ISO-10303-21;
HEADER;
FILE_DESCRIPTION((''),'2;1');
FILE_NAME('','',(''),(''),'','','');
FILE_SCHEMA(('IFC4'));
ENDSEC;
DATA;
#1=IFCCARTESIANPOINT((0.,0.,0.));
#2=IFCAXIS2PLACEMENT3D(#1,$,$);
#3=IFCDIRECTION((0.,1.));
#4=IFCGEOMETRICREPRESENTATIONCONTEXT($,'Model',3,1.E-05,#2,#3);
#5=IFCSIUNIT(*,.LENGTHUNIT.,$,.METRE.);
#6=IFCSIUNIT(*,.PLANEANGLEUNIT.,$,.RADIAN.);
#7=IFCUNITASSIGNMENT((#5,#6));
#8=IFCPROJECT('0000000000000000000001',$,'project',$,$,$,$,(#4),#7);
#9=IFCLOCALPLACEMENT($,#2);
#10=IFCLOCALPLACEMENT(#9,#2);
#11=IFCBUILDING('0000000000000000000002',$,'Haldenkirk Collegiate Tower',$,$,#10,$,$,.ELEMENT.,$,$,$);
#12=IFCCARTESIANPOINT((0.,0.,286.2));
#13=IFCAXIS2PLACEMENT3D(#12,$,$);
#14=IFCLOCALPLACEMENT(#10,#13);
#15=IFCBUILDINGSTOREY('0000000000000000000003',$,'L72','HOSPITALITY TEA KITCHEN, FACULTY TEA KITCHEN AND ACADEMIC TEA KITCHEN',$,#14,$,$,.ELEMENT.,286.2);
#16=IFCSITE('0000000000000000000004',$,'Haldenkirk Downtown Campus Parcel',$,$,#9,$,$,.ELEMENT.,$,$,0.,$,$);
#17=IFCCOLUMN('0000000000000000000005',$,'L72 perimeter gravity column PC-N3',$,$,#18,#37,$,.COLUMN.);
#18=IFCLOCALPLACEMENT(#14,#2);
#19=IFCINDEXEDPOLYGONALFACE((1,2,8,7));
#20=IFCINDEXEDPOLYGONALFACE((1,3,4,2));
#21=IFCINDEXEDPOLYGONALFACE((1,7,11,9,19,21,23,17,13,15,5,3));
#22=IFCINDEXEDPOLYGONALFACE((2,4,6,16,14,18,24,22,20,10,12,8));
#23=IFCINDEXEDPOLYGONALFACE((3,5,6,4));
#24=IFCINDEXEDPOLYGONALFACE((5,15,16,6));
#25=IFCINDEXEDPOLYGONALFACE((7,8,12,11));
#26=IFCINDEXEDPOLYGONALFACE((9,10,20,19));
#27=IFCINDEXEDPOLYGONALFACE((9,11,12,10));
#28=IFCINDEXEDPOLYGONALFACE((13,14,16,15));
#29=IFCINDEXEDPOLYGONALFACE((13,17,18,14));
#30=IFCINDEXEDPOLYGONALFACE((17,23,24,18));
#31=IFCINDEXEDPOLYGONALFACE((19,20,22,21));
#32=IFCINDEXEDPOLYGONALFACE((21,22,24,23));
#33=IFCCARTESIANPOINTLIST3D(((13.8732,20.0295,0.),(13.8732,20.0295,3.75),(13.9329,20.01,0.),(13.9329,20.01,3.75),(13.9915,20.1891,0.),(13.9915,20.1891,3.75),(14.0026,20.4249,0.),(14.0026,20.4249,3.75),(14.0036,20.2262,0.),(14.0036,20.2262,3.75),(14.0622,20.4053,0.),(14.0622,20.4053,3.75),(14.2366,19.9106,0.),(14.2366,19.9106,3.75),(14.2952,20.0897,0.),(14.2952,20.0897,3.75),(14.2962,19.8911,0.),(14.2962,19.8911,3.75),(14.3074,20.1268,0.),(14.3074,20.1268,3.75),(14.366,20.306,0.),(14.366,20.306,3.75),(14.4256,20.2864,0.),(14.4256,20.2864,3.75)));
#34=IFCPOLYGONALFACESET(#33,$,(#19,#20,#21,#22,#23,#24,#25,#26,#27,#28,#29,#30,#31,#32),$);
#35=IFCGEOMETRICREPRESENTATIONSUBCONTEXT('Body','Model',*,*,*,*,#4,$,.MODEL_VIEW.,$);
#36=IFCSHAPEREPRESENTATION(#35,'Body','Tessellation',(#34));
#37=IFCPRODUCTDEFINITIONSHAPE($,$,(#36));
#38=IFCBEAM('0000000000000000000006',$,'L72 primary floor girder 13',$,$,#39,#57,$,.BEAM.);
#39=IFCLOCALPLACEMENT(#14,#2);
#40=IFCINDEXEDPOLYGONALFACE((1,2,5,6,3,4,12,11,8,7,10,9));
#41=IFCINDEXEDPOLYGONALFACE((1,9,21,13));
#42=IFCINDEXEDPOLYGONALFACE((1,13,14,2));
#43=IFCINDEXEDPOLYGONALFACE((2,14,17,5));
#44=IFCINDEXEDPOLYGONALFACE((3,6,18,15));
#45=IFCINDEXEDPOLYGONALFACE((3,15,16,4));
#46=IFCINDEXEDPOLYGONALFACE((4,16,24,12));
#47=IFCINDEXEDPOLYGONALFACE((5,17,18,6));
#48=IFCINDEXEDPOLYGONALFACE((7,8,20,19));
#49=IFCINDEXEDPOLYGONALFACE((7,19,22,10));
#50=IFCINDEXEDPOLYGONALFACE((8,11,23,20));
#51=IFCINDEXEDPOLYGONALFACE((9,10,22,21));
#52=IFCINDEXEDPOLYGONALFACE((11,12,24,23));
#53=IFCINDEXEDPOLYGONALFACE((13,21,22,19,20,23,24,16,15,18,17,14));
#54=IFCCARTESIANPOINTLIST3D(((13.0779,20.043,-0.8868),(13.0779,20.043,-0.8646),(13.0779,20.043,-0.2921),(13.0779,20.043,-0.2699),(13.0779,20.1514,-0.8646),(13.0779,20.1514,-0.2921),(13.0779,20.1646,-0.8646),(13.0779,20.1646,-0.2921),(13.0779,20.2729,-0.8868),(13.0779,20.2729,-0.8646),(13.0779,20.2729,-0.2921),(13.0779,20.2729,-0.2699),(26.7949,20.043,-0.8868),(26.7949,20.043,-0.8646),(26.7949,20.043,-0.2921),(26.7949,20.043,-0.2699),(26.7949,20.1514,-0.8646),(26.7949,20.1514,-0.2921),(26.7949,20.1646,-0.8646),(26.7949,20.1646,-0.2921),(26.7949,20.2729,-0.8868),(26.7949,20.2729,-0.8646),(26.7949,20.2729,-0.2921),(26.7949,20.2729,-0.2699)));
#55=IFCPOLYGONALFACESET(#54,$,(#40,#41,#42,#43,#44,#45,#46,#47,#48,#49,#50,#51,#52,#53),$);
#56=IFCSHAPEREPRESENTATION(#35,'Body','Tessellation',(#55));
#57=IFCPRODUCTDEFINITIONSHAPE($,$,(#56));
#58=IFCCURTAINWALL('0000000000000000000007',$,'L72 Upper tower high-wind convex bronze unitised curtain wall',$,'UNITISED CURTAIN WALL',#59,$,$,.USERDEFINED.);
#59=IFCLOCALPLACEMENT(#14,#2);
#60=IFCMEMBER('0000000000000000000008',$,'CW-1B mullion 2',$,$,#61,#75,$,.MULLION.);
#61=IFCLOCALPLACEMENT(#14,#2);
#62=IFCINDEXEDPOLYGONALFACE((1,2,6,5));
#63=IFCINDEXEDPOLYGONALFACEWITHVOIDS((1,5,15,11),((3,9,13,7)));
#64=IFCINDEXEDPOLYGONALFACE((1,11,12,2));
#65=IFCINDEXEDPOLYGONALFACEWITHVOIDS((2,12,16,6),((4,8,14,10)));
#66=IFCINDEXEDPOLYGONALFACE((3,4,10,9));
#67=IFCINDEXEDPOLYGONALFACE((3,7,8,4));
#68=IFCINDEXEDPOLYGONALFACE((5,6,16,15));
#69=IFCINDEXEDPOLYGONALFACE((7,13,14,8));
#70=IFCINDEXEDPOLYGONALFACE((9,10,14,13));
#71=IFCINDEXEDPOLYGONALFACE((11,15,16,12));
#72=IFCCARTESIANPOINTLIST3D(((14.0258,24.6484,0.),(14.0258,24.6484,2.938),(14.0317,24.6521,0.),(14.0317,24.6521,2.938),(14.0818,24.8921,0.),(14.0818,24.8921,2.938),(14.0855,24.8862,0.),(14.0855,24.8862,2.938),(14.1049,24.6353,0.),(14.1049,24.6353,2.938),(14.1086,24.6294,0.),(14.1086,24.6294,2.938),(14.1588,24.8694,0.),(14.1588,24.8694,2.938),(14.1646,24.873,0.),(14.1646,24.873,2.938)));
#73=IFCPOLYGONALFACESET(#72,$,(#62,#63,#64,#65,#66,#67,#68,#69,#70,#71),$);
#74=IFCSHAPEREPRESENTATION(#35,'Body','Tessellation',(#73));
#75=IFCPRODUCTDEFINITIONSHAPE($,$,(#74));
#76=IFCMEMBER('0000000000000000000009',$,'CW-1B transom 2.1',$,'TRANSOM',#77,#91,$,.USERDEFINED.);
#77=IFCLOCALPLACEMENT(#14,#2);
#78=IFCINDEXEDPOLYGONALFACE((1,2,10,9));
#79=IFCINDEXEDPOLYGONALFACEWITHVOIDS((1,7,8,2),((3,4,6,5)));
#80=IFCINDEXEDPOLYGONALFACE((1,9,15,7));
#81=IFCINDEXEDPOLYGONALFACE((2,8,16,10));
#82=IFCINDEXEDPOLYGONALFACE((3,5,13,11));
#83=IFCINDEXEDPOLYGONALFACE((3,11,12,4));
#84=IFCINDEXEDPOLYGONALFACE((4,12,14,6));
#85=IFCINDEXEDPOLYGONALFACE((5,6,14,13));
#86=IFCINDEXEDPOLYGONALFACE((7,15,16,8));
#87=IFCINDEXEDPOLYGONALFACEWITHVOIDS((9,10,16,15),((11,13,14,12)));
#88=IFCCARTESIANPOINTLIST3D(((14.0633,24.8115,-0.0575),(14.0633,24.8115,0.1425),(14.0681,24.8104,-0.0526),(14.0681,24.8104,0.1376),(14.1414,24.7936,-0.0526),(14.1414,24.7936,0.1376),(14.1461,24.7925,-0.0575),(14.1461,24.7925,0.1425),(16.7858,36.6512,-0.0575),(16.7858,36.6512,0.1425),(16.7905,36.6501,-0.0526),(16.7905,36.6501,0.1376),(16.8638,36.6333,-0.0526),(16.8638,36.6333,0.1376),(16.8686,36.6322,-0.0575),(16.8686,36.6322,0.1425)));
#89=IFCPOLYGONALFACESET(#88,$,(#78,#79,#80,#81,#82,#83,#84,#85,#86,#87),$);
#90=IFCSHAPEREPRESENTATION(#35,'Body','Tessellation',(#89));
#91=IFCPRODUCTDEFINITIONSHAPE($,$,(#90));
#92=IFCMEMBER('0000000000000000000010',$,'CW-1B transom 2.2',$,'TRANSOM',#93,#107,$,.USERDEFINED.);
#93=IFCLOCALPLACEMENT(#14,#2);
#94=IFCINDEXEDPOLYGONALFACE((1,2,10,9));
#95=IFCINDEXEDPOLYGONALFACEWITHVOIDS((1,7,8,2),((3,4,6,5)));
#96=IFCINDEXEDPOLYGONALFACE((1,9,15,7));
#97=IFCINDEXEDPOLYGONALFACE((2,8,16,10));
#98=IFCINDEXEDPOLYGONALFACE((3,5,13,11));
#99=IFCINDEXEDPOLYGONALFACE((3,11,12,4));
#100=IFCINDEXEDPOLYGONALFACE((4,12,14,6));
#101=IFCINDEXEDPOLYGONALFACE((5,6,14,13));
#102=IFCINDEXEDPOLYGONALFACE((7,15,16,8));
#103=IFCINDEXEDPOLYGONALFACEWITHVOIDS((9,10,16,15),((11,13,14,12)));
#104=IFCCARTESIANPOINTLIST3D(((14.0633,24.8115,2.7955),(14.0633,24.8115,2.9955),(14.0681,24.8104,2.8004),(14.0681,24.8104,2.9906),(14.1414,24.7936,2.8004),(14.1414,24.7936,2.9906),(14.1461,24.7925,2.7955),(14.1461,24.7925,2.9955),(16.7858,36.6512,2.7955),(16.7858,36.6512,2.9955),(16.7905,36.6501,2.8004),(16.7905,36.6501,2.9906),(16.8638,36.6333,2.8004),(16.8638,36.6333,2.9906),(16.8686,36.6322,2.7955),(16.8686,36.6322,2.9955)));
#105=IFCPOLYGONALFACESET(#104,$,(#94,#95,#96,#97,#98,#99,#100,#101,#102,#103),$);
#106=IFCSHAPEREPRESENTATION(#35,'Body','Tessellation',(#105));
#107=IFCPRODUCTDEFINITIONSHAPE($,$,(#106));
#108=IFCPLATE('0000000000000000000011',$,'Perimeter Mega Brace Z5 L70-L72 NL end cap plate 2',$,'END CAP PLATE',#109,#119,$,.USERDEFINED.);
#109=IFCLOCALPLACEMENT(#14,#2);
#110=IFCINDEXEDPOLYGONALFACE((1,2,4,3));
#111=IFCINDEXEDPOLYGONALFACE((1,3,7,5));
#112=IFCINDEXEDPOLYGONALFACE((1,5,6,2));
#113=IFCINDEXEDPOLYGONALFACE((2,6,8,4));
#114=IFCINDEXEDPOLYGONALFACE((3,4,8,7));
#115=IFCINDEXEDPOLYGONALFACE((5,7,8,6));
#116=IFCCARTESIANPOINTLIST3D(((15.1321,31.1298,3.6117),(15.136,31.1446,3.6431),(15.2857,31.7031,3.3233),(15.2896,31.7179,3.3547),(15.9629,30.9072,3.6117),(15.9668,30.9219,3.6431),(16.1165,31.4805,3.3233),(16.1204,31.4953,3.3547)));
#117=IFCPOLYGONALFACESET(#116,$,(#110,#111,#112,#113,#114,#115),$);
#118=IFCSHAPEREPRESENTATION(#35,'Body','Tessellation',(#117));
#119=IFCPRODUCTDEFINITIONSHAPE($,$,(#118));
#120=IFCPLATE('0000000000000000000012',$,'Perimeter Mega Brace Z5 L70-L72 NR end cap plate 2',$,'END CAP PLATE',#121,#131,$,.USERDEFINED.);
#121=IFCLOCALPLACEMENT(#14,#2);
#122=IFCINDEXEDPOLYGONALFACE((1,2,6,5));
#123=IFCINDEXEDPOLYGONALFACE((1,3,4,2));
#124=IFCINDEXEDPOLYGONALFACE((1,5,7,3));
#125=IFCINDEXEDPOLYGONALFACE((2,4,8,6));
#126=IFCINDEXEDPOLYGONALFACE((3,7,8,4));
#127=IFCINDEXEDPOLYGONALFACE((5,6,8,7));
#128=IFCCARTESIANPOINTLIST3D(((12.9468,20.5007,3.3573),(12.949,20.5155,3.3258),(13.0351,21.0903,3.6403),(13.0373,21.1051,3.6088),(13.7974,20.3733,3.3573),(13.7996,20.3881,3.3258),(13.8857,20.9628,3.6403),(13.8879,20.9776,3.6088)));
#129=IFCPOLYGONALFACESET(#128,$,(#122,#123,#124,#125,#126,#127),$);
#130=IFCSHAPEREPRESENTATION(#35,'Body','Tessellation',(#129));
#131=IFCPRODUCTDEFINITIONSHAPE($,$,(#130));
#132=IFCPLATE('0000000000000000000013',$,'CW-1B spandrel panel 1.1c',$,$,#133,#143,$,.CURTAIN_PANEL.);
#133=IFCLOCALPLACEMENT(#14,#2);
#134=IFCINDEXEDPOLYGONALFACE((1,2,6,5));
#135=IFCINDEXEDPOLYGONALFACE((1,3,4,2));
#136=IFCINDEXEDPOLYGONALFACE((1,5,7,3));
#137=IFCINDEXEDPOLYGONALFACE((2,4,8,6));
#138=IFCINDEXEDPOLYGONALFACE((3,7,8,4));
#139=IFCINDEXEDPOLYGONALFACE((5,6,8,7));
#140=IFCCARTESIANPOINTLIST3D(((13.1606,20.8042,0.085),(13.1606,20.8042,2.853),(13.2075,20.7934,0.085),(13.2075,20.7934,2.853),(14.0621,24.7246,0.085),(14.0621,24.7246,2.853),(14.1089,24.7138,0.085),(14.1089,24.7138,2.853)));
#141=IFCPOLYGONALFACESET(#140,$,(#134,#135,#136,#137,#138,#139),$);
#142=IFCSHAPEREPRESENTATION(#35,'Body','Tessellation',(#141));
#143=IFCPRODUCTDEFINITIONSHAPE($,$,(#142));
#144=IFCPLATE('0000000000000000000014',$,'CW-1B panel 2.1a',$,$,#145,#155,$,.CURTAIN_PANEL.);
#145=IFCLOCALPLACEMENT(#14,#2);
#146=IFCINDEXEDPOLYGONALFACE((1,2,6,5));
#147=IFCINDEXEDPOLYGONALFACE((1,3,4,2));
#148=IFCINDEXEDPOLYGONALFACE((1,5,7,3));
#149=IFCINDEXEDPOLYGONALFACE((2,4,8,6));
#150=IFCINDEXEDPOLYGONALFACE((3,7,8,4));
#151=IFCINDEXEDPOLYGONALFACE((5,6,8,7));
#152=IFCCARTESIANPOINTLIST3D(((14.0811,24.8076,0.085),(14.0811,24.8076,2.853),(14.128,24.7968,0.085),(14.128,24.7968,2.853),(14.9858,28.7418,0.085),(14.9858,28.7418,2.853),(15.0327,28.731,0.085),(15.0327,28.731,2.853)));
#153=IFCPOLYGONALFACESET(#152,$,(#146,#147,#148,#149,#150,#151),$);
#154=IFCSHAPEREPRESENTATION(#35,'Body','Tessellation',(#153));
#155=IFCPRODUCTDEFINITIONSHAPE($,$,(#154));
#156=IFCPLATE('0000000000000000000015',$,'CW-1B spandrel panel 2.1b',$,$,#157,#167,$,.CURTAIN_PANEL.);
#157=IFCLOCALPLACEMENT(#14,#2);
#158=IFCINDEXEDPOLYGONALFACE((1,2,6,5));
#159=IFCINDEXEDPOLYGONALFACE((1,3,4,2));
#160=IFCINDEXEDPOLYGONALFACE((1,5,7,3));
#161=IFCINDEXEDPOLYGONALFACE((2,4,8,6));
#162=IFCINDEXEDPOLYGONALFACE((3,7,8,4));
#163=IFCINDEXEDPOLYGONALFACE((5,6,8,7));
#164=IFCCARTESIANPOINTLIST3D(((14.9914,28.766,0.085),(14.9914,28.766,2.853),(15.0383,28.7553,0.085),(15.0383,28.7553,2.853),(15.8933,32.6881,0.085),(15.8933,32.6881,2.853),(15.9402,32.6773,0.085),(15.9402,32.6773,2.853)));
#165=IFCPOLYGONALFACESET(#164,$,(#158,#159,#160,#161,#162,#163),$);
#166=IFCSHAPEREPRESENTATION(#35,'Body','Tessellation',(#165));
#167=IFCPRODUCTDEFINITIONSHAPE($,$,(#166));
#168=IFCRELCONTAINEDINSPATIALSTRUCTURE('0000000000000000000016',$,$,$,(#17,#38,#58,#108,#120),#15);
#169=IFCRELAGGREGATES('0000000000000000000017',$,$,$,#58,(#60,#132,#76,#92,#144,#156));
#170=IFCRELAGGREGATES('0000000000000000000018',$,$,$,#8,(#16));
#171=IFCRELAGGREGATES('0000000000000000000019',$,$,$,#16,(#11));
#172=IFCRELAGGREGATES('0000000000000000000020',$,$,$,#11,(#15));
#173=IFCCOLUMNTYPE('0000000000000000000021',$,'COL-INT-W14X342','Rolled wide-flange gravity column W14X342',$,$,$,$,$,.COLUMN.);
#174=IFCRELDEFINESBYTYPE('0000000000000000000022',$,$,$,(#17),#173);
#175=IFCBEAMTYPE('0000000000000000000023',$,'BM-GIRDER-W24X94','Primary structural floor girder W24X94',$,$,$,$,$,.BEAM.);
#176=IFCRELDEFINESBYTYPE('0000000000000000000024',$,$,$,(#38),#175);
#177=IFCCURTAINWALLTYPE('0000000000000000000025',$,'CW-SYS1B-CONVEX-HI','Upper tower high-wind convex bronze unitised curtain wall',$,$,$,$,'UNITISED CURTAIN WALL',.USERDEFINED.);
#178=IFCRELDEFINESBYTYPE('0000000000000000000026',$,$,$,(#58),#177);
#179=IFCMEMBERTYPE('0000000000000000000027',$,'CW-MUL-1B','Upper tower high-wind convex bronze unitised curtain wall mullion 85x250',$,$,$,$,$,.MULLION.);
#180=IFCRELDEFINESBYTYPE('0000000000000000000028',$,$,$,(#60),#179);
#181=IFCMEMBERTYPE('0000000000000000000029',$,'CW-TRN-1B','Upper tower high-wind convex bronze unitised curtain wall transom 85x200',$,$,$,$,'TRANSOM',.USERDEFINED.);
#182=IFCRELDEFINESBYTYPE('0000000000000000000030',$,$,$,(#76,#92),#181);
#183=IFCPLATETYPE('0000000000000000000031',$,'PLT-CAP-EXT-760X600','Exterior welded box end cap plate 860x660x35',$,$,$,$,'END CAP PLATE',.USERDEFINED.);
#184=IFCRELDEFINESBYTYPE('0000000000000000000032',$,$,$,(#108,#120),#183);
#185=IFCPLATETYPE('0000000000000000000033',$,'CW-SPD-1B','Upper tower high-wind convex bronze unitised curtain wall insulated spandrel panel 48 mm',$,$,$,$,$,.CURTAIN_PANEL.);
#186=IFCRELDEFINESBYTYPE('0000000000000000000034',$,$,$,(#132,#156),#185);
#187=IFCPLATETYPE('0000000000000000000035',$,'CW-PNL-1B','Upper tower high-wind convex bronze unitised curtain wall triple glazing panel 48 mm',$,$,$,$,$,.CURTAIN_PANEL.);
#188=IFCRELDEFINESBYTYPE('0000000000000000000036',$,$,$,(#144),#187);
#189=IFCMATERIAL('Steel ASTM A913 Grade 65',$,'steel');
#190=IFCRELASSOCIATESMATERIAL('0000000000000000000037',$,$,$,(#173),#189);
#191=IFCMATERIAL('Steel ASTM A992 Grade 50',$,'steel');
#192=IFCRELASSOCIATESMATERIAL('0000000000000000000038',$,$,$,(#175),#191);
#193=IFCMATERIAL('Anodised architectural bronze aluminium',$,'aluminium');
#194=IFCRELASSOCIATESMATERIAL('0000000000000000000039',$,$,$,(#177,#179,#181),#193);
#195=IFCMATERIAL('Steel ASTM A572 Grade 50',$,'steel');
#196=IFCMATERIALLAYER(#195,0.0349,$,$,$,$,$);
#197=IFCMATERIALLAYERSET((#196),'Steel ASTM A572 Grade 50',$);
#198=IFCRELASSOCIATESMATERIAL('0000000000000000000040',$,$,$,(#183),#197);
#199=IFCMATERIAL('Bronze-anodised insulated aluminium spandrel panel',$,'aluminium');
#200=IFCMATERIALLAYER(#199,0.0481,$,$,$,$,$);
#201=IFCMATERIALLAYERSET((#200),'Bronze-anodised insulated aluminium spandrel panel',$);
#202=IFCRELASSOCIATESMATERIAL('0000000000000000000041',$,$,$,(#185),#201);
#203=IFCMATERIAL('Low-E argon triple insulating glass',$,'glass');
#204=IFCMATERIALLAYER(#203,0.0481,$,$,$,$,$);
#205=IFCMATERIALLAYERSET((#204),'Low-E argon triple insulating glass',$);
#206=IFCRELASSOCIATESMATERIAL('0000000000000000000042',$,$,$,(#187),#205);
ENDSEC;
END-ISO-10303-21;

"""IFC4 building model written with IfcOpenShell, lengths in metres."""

from ifc_helpers import new_model, si_unit, direction, frame, origin, origin_2d, place, context, subcontext, project, spatial, rectangle, hollow_rectangle, i_section, extrude, source, transform, mapped, material, layer, layer_set, material_profile, profile_set, type_object, element, aggregate, save


model = new_model("IFC4")

# Units and contexts
model_context = context("Model", 3, precision=1e-05, world=origin(), true_north=direction((0.0, 1.0)))
body_context = subcontext(model_context, "Body", "Model", "MODEL_VIEW")
ifc_project = project(units=[si_unit("LENGTHUNIT", "METRE"), si_unit("PLANEANGLEUNIT", "RADIAN")], contexts=[model_context])

# Site, building, storey
site_placement = place(None, origin())
site = spatial("IfcSite", under=ifc_project, at=site_placement, Name="Haldenkirk Downtown Campus Parcel", CompositionType="ELEMENT", RefElevation=0.0)
building_placement = place(site_placement, origin())
building = spatial("IfcBuilding", under=site, at=building_placement, Name="Haldenkirk Collegiate Tower", CompositionType="ELEMENT")
storey_placement = place(building_placement, frame((0.0, 0.0, 286.2)))
storey = spatial("IfcBuildingStorey", under=building, at=storey_placement, Name="L72", Description="HOSPITALITY TEA KITCHEN, FACULTY TEA KITCHEN AND ACADEMIC TEA KITCHEN", CompositionType="ELEMENT", Elevation=286.2)

# Column
ifc_material_1 = material(Name="Steel ASTM A913 Grade 65", Category="steel")
ifc_material_profile_1 = material_profile(ifc_material_1, i_section(OverallWidth=0.416, OverallDepth=0.4451, WebThickness=0.0391, FlangeThickness=0.0627, at=origin_2d()), Name="W14X342")
ifc_profile_set_1 = profile_set([ifc_material_profile_1], Name="Steel ASTM A913 Grade 65")
column_type = type_object("IfcColumnType", Name="COL-INT-W14X342", Description="Rolled wide-flange gravity column W14X342", PredefinedType="COLUMN", material=ifc_profile_set_1)
column_placement = place(storey_placement, frame((14.1494, 20.158, 0.0), z_axis=(0.0, 0.0, 1.0), x_axis=(0.311008, 0.950407, 0.0)))
element("IfcColumn", 1, at=column_placement, inside=storey, type_object=column_type, Name="L72 perimeter gravity column PC-N3", PredefinedType="COLUMN", context=body_context, shape_type="SweptSolid", body=[
    extrude(i_section(OverallWidth=0.416, OverallDepth=0.4451, WebThickness=0.0391, FlangeThickness=0.0627, at=origin_2d()), origin(), (0.0, 0.0, 1.0), 3.75),
])

# Beam
ifc_material_2 = material(Name="Steel ASTM A992 Grade 50", Category="steel")
ifc_material_profile_2 = material_profile(ifc_material_2, i_section(OverallWidth=0.23, OverallDepth=0.6169, WebThickness=0.0132, FlangeThickness=0.0222, at=origin_2d()), Name="W24X94")
ifc_profile_set_2 = profile_set([ifc_material_profile_2], Name="Steel ASTM A992 Grade 50")
beam_type = type_object("IfcBeamType", Name="BM-GIRDER-W24X94", Description="Primary structural floor girder W24X94", PredefinedType="BEAM", material=ifc_profile_set_2)
beam_placement = place(storey_placement, frame((13.0779, 20.158, -0.5784), z_axis=(1.0, 0.0, 0.0), x_axis=(0.0, 1.0, 0.0)))
element("IfcBeam", 2, at=beam_placement, inside=storey, type_object=beam_type, Name="L72 primary floor girder 13", PredefinedType="BEAM", context=body_context, shape_type="SweptSolid", body=[
    extrude(i_section(OverallWidth=0.23, OverallDepth=0.6169, WebThickness=0.0132, FlangeThickness=0.0222, at=origin_2d()), origin(), (0.0, 0.0, 1.0), 13.717),
])

# Curtain wall, members
ifc_material_3 = material(Name="Anodised architectural bronze aluminium", Category="aluminium")
curtain_wall_type = type_object("IfcCurtainWallType", Name="CW-SYS1B-CONVEX-HI", Description="Upper tower high-wind convex bronze unitised curtain wall", ElementType="UNITISED CURTAIN WALL", PredefinedType="USERDEFINED", material=ifc_material_3)
curtain_wall_placement = place(storey_placement, origin())
curtain_wall = element("IfcCurtainWall", 3, at=curtain_wall_placement, inside=storey, type_object=curtain_wall_type, Name="L72 Upper tower high-wind convex bronze unitised curtain wall", ObjectType="UNITISED CURTAIN WALL", PredefinedType="USERDEFINED")
ifc_material_profile_3 = material_profile(ifc_material_3, hollow_rectangle(XDim=0.085, YDim=0.25, WallThickness=0.0049, at=origin_2d()), Name="CW-MUL-1B")
ifc_profile_set_3 = profile_set([ifc_material_profile_3], Name="Anodised architectural bronze aluminium")
member_type_1 = type_object("IfcMemberType", Name="CW-MUL-1B", Description="Upper tower high-wind convex bronze unitised curtain wall mullion 85x250", PredefinedType="MULLION", material=ifc_profile_set_3)
member_1_placement = place(storey_placement, frame((14.0952, 24.7607, 0.0), z_axis=(0.0, 0.0, 1.0), x_axis=(-0.974566, 0.224101, 0.0)))
member_1 = element("IfcMember", 4, at=member_1_placement, type_object=member_type_1, Name="CW-1B mullion 2", PredefinedType="MULLION", context=body_context, shape_type="SweptSolid", body=[
    extrude(hollow_rectangle(XDim=0.085, YDim=0.25, WallThickness=0.0049, at=origin_2d()), origin(), (0.0, 0.0, 1.0), 2.938),
])
ifc_material_profile_4 = material_profile(ifc_material_3, hollow_rectangle(XDim=0.085, YDim=0.2, WallThickness=0.0049, at=origin_2d()), Name="CW-TRN-1B")
ifc_profile_set_4 = profile_set([ifc_material_profile_4], Name="Anodised architectural bronze aluminium")
member_type_2 = type_object("IfcMemberType", Name="CW-TRN-1B", Description="Upper tower high-wind convex bronze unitised curtain wall transom 85x200", ElementType="TRANSOM", PredefinedType="USERDEFINED", material=ifc_profile_set_4)
member_2_placement = place(storey_placement, frame((14.1047, 24.802, 0.0425), z_axis=(0.224093, 0.974568, 0.0), x_axis=(-0.974568, 0.224093, 0.0)))
member_2 = element("IfcMember", 5, at=member_2_placement, type_object=member_type_2, Name="CW-1B transom 2.1", ObjectType="TRANSOM", PredefinedType="USERDEFINED", context=body_context, shape_type="SweptSolid", body=[
    extrude(hollow_rectangle(XDim=0.085, YDim=0.2, WallThickness=0.0049, at=origin_2d()), origin(), (0.0, 0.0, 1.0), 12.1487),
])
member_3_placement = place(storey_placement, frame((14.1047, 24.802, 2.8955), z_axis=(0.224093, 0.974568, 0.0), x_axis=(-0.974568, 0.224093, 0.0)))
member_3 = element("IfcMember", 6, at=member_3_placement, type_object=member_type_2, Name="CW-1B transom 2.2", ObjectType="TRANSOM", PredefinedType="USERDEFINED", context=body_context, shape_type="SweptSolid", body=[
    extrude(hollow_rectangle(XDim=0.085, YDim=0.2, WallThickness=0.0049, at=origin_2d()), origin(), (0.0, 0.0, 1.0), 12.1487),
])

# Plates
ifc_material_4 = material(Name="Steel ASTM A572 Grade 50", Category="steel")
ifc_layer_1 = layer(ifc_material_4, 0.0349)
ifc_layer_set_1 = layer_set([ifc_layer_1], Name="Steel ASTM A572 Grade 50")
plate_type_1 = type_object("IfcPlateType", Name="PLT-CAP-EXT-760X600", Description="Exterior welded box end cap plate 860x660x35", ElementType="END CAP PLATE", PredefinedType="USERDEFINED", material=ifc_layer_set_1)
shared_shape_1 = source(origin(), body_context, "Body", "SweptSolid", [
    extrude(rectangle(XDim=0.8601, YDim=0.6599, at=origin_2d()), origin(), (0.0, 0.0, 1.0), 0.0349),
])
for number, where, z_axis, x_axis, name in (
    (7, (15.6243, 31.3052, 3.4675), (0.113128, 0.422172, 0.899429), (-0.965922, 0.258835, 0.0), "Perimeter Mega Brace Z5 L70-L72 NL end cap plate 2"),
    (8, (13.4185, 20.7466, 3.4673), (-0.063544, -0.424041, 0.903411), (0.988958, -0.148198, 0.0), "Perimeter Mega Brace Z5 L70-L72 NR end cap plate 2"),
):
    element("IfcPlate", number, at=place(storey_placement, frame(where, z_axis=z_axis, x_axis=x_axis)), inside=storey, type_object=plate_type_1, Name=name, ObjectType="END CAP PLATE", PredefinedType="USERDEFINED", context=body_context, shape_type="MappedRepresentation", body=[
        mapped(shared_shape_1, transform((0.0, 0.0, 0.0), x_axis=(1.0, 0.0, 0.0), y_axis=(0.0, 1.0, 0.0), z_axis=(0.0, 0.0, 1.0), scale=1.0)),
    ])

# Plates
ifc_material_5 = material(Name="Bronze-anodised insulated aluminium spandrel panel", Category="aluminium")
ifc_layer_2 = layer(ifc_material_5, 0.0481)
ifc_layer_set_2 = layer_set([ifc_layer_2], Name="Bronze-anodised insulated aluminium spandrel panel")
plate_type_2 = type_object("IfcPlateType", Name="CW-SPD-1B", Description="Upper tower high-wind convex bronze unitised curtain wall insulated spandrel panel 48 mm", PredefinedType="CURTAIN_PANEL", material=ifc_layer_set_2)
shared_shape_2 = source(origin(), body_context, "Body", "SweptSolid", [
    extrude(rectangle(XDim=4.0227, YDim=0.0481, at=origin_2d()), origin(), (0.0, 0.0, 1.0), 2.7681),
])
plate_1_placement = place(storey_placement, frame((13.6348, 22.759, 0.085), z_axis=(0.0, 0.0, 1.0), x_axis=(0.224101, 0.974566, 0.0)))
plate_1 = element("IfcPlate", 9, at=plate_1_placement, type_object=plate_type_2, Name="CW-1B spandrel panel 1.1c", PredefinedType="CURTAIN_PANEL", context=body_context, shape_type="MappedRepresentation", body=[
    mapped(shared_shape_2, transform((0.0, 0.0, 0.0), x_axis=(1.0, 0.0, 0.0), y_axis=(0.0, 1.0, 0.0), z_axis=(0.0, 0.0, 1.0), scale=1.0)),
])
ifc_material_6 = material(Name="Low-E argon triple insulating glass", Category="glass")
ifc_layer_3 = layer(ifc_material_6, 0.0481)
ifc_layer_set_3 = layer_set([ifc_layer_3], Name="Low-E argon triple insulating glass")
plate_type_3 = type_object("IfcPlateType", Name="CW-PNL-1B", Description="Upper tower high-wind convex bronze unitised curtain wall triple glazing panel 48 mm", PredefinedType="CURTAIN_PANEL", material=ifc_layer_set_3)
shared_shape_3 = source(origin(), body_context, "Body", "SweptSolid", [
    extrude(rectangle(XDim=4.0369, YDim=0.0481, at=origin_2d()), origin(), (0.0, 0.0, 1.0), 2.7681),
])
plate_2_placement = place(storey_placement, frame((14.5569, 26.7693, 0.085), z_axis=(0.0, 0.0, 1.0), x_axis=(0.224101, 0.974566, 0.0)))
plate_2 = element("IfcPlate", 10, at=plate_2_placement, type_object=plate_type_3, Name="CW-1B panel 2.1a", PredefinedType="CURTAIN_PANEL", context=body_context, shape_type="MappedRepresentation", body=[
    mapped(shared_shape_3, transform((0.0, 0.0, 0.0), x_axis=(1.0, 0.0, 0.0), y_axis=(0.0, 1.0, 0.0), z_axis=(0.0, 0.0, 1.0), scale=1.0)),
])
shared_shape_4 = source(origin(), body_context, "Body", "SweptSolid", [
    extrude(rectangle(XDim=4.0244, YDim=0.0481, at=origin_2d()), origin(), (0.0, 0.0, 1.0), 2.7681),
])
plate_3_placement = place(storey_placement, frame((15.4658, 30.7217, 0.085), z_axis=(0.0, 0.0, 1.0), x_axis=(0.224101, 0.974566, 0.0)))
plate_3 = element("IfcPlate", 11, at=plate_3_placement, type_object=plate_type_2, Name="CW-1B spandrel panel 2.1b", PredefinedType="CURTAIN_PANEL", context=body_context, shape_type="MappedRepresentation", body=[
    mapped(shared_shape_4, transform((0.0, 0.0, 0.0), x_axis=(1.0, 0.0, 0.0), y_axis=(0.0, 1.0, 0.0), z_axis=(0.0, 0.0, 1.0), scale=1.0)),
])
aggregate(curtain_wall, [member_1, plate_1, member_2, member_3, plate_2, plate_3])

save(model, "model.ifc")
